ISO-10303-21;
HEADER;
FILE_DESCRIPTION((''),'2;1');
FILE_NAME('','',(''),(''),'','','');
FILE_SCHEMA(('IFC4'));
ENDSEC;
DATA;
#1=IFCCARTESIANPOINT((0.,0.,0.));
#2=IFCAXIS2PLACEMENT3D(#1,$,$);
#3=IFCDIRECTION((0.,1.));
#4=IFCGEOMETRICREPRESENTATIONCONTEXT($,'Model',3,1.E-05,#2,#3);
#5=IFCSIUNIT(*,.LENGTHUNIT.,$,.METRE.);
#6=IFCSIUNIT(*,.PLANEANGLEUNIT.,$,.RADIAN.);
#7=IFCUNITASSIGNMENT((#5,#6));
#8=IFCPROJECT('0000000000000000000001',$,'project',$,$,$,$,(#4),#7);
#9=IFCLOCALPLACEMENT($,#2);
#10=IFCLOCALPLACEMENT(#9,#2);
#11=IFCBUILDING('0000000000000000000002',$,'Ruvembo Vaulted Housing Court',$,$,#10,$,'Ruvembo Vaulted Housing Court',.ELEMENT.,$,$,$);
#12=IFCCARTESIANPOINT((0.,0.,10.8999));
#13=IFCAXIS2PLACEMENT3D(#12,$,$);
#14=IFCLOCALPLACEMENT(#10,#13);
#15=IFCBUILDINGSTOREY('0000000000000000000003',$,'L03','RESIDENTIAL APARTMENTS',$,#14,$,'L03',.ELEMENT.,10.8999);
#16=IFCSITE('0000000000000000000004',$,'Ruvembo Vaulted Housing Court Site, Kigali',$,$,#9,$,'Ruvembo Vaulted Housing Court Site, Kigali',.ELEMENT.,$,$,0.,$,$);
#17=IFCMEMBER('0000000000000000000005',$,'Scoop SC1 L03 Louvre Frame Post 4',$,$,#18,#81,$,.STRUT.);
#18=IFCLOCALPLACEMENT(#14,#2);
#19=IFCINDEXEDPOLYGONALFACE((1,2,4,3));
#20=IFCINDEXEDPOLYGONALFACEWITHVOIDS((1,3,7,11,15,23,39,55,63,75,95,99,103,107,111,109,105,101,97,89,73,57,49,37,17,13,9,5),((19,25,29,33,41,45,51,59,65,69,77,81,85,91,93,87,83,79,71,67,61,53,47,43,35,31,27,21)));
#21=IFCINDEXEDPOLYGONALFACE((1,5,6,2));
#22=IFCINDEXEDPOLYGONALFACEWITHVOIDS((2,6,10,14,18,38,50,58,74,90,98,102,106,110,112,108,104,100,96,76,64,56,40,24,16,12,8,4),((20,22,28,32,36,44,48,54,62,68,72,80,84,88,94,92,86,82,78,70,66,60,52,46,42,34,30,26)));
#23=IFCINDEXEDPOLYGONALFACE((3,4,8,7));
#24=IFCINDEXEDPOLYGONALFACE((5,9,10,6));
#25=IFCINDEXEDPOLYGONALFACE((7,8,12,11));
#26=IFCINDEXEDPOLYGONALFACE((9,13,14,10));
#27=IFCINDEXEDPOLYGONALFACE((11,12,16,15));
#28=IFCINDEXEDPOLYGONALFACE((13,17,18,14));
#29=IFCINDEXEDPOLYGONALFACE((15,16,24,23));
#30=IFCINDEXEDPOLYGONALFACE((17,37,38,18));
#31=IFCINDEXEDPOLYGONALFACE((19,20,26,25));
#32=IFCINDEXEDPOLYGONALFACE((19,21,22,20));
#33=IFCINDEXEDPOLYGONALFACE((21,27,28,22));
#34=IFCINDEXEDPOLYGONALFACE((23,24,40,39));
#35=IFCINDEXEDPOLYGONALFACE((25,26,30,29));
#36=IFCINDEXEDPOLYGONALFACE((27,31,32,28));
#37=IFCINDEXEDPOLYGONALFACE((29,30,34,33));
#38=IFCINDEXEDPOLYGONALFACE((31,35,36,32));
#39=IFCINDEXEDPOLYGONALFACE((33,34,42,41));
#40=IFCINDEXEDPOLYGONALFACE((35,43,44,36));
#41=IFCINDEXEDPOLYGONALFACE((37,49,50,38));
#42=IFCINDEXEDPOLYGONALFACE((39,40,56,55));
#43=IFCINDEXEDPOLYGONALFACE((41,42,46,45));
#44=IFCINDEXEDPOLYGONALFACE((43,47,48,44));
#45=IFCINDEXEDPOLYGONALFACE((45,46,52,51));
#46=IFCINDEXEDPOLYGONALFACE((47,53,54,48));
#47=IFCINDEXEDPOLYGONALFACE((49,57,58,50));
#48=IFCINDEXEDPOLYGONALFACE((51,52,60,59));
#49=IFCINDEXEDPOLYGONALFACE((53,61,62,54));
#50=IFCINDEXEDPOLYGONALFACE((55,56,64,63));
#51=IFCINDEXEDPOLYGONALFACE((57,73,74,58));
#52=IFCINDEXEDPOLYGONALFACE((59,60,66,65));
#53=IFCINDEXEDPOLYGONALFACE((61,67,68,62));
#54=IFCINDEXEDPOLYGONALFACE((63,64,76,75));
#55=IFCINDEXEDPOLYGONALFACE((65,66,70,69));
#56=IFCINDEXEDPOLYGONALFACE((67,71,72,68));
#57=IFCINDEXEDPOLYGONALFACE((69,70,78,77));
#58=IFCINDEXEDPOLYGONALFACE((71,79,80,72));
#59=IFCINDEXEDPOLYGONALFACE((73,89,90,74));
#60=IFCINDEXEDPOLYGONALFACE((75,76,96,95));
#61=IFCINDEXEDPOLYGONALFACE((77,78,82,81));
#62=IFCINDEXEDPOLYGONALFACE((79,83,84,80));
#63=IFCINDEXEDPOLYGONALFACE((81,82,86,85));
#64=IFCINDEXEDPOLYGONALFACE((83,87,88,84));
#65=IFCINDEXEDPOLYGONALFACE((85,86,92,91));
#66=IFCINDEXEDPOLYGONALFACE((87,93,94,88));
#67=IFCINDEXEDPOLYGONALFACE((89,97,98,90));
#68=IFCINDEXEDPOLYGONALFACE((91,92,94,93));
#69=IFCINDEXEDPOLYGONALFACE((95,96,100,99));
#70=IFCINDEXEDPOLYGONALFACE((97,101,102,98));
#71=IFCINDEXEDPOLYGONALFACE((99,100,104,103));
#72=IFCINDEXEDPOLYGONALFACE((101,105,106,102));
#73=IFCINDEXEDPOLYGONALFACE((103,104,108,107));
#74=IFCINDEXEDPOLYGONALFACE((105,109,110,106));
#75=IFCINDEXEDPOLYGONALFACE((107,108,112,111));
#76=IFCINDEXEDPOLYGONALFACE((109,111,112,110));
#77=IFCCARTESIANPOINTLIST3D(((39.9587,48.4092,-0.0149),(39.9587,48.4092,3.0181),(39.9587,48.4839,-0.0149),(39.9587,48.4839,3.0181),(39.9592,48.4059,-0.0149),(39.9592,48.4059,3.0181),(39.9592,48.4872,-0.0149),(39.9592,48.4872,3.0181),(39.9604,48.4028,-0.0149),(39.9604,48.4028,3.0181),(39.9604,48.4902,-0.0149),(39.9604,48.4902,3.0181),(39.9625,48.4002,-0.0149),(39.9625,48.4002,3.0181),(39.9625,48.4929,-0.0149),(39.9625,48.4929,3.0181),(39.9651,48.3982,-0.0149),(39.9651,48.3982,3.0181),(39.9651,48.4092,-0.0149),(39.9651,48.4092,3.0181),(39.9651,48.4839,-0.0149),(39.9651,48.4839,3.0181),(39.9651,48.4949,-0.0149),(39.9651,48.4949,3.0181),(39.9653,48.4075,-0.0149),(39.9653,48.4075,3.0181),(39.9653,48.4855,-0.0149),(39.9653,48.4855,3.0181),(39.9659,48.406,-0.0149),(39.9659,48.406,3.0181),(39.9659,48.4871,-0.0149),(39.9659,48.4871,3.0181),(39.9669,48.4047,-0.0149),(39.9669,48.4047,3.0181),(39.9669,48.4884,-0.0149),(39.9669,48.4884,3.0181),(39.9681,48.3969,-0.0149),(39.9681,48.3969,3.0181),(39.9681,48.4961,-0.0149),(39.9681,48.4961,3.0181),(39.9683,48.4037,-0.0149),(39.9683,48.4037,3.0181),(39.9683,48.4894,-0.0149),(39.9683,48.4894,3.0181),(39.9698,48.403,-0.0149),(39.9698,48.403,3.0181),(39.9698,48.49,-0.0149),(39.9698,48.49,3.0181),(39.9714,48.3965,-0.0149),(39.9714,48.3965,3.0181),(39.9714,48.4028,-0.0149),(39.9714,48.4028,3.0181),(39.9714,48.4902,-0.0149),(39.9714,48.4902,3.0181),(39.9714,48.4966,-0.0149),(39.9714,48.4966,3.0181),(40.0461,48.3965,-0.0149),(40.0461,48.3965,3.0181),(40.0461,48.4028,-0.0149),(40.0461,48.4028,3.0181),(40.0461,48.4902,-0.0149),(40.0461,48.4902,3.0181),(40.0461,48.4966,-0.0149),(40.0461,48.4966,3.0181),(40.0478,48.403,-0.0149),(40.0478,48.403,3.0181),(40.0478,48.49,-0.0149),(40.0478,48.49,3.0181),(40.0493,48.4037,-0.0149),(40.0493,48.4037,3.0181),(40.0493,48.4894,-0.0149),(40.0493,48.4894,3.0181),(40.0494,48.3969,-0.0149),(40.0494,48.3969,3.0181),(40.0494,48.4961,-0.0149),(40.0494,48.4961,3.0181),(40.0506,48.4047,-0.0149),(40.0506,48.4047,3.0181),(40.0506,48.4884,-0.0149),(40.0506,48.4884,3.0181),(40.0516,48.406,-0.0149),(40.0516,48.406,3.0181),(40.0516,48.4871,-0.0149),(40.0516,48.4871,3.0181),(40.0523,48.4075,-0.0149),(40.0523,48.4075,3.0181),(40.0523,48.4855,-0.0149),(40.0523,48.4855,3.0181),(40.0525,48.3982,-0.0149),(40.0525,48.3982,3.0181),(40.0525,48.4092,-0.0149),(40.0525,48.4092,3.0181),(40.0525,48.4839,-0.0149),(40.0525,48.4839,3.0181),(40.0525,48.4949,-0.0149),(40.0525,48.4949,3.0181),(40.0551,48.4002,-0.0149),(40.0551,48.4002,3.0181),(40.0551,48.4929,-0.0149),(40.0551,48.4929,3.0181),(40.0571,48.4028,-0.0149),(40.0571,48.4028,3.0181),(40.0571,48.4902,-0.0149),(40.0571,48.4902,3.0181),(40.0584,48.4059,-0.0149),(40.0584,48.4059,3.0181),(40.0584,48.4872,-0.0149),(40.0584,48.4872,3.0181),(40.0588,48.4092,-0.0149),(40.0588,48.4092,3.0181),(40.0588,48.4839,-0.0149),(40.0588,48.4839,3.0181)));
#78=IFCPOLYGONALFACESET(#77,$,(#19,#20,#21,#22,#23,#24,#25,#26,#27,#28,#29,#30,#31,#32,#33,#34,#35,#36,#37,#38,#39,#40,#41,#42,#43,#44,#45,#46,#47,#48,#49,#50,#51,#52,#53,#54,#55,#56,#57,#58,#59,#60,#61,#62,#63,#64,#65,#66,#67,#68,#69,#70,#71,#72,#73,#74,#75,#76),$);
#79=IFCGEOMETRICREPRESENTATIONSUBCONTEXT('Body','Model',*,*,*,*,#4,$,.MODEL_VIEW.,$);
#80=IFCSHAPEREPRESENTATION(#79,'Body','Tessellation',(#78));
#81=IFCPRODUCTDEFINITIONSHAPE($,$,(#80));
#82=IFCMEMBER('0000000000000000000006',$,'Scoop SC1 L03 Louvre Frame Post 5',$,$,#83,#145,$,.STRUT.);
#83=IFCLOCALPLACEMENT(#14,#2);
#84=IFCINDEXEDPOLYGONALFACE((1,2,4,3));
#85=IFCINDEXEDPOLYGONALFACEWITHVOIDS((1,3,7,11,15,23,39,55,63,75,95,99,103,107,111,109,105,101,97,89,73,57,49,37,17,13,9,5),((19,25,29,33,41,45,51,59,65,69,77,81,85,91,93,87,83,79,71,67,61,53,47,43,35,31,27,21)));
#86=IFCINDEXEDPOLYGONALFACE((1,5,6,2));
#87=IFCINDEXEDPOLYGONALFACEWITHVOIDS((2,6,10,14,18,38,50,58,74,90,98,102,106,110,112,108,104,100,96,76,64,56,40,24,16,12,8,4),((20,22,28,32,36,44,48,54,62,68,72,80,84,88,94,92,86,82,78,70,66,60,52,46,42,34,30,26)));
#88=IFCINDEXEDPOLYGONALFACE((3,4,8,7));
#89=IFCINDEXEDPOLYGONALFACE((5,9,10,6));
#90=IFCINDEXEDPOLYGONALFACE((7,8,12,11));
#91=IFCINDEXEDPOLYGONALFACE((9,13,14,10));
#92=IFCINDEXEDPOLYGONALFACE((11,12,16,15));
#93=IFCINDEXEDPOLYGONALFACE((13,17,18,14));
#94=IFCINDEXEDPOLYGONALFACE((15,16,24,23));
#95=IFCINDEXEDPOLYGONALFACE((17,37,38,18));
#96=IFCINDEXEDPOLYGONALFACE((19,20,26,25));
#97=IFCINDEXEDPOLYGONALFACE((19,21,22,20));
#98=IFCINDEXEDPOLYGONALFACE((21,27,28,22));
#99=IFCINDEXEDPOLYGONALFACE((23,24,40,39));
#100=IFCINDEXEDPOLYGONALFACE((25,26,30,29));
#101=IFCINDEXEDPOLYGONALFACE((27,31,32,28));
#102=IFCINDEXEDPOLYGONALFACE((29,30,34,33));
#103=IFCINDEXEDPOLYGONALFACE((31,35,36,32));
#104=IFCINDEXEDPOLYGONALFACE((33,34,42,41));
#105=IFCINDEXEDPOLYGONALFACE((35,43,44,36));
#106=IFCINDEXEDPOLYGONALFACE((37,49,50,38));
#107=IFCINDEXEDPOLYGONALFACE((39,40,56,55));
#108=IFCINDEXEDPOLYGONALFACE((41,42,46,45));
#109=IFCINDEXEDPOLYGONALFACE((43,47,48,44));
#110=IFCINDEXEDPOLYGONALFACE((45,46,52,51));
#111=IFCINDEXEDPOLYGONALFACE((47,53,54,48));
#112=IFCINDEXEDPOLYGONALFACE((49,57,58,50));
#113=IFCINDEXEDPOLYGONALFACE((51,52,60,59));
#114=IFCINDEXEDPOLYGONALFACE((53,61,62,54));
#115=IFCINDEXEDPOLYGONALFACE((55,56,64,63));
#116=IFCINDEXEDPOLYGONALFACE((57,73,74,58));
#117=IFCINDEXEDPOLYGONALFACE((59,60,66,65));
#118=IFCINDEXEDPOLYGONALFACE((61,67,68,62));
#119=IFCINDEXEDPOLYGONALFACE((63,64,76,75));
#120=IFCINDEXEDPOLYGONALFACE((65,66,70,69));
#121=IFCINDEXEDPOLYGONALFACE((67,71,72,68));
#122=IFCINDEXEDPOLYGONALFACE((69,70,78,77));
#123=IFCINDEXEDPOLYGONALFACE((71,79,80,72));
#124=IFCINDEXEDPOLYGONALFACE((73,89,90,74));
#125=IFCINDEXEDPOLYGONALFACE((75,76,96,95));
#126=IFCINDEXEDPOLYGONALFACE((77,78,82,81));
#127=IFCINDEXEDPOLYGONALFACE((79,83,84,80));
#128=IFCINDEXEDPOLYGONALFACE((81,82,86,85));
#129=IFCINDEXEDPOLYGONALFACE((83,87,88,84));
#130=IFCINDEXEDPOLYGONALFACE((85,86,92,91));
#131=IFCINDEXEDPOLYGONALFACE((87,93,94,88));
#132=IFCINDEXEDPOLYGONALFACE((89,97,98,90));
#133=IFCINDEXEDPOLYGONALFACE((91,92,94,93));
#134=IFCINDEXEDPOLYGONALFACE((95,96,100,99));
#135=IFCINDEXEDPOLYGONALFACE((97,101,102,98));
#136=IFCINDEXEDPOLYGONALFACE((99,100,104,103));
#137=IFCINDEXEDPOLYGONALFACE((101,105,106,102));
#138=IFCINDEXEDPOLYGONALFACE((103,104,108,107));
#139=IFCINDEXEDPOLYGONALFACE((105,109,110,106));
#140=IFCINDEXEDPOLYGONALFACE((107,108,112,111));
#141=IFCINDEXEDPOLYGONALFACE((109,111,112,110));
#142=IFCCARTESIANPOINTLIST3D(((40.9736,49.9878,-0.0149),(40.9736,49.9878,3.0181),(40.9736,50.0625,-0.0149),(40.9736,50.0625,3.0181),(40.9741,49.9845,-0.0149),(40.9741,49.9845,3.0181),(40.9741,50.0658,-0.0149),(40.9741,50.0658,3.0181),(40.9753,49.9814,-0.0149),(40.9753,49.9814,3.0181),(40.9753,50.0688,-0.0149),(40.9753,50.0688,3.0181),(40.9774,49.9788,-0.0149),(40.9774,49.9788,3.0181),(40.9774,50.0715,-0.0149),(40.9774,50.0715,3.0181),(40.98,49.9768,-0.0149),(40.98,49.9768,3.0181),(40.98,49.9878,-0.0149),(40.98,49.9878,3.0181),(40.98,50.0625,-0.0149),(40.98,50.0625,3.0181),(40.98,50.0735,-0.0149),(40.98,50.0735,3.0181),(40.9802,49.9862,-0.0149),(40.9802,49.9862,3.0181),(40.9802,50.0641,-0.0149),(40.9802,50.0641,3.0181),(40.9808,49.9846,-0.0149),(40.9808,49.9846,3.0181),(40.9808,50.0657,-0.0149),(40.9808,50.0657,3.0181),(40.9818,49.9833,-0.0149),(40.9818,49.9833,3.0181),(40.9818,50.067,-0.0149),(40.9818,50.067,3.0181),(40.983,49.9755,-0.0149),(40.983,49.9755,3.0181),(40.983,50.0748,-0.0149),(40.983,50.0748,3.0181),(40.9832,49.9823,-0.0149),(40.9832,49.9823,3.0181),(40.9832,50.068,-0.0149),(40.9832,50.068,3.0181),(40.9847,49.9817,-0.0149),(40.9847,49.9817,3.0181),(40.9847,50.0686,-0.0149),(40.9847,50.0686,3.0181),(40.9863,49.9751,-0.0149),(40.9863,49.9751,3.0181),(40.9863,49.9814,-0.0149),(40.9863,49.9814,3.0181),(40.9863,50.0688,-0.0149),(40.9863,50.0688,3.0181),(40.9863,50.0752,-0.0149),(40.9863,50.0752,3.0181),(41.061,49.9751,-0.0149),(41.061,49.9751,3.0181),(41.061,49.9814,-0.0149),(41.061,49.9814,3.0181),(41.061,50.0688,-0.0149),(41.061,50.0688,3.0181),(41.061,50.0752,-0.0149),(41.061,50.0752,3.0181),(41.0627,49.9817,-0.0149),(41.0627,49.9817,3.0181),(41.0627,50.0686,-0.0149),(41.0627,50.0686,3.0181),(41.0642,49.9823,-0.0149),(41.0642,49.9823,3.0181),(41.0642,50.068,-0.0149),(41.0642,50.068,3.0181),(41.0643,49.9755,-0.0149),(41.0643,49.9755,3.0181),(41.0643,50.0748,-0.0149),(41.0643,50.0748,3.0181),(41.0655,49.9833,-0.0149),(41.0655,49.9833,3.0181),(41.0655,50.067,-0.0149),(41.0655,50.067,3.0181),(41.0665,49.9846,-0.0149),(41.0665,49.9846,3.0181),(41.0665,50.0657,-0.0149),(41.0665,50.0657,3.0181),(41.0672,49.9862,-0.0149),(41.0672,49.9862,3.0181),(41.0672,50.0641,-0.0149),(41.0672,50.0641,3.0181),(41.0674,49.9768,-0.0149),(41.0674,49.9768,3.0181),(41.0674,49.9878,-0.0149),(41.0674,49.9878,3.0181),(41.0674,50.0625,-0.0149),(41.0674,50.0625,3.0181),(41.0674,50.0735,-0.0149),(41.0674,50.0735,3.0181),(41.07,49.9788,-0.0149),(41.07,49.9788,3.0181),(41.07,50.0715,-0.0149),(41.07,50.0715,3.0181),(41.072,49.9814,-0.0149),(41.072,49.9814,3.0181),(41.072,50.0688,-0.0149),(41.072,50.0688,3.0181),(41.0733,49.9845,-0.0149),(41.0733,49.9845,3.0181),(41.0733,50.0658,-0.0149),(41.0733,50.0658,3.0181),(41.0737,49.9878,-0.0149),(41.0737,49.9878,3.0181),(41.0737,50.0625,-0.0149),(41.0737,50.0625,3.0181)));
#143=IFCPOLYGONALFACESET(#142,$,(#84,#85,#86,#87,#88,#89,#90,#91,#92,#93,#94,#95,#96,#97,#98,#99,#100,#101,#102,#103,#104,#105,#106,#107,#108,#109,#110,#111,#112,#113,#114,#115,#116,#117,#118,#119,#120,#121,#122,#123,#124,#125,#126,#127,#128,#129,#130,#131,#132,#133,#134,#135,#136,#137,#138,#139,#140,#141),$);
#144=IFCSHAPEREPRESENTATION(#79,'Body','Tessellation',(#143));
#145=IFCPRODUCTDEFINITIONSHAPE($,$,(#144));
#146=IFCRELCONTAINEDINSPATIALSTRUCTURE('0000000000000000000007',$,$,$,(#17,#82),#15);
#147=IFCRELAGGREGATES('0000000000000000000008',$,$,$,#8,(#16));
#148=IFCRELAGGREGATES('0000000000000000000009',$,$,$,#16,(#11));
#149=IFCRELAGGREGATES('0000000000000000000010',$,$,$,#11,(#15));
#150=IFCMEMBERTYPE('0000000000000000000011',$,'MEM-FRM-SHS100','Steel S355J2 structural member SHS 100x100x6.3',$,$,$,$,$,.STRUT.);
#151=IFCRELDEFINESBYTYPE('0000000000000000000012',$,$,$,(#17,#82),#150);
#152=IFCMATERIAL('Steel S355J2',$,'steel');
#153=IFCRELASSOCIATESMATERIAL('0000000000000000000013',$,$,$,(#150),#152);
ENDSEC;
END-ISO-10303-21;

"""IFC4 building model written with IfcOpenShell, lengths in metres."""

from ifc_helpers import new_model, si_unit, direction, frame, origin, origin_2d, place, context, subcontext, project, spatial, hollow_rectangle, extrude, material, material_profile, profile_set, type_object, element, save


model = new_model("IFC4")

# Units and contexts
model_context = context("Model", 3, precision=1e-05, world=origin(), true_north=direction((0.0, 1.0)))
body_context = subcontext(model_context, "Body", "Model", "MODEL_VIEW")
ifc_project = project(units=[si_unit("LENGTHUNIT", "METRE"), si_unit("PLANEANGLEUNIT", "RADIAN")], contexts=[model_context])

# Site, building, storey
site_placement = place(None, origin())
site = spatial("IfcSite", under=ifc_project, at=site_placement, Name="Ruvembo Vaulted Housing Court Site, Kigali", LongName="Ruvembo Vaulted Housing Court Site, Kigali", CompositionType="ELEMENT", RefElevation=0.0)
building_placement = place(site_placement, origin())
building = spatial("IfcBuilding", under=site, at=building_placement, Name="Ruvembo Vaulted Housing Court", LongName="Ruvembo Vaulted Housing Court", CompositionType="ELEMENT")
storey_placement = place(building_placement, frame((0.0, 0.0, 10.8999)))
storey = spatial("IfcBuildingStorey", under=building, at=storey_placement, Name="L03", Description="RESIDENTIAL APARTMENTS", LongName="L03", CompositionType="ELEMENT", Elevation=10.8999)

# Shared definitions
ifc_material_1 = material(Name="Steel S355J2", Category="steel")

# Members
ifc_material_profile_1 = material_profile(ifc_material_1, hollow_rectangle(XDim=0.1001, YDim=0.1001, WallThickness=0.0063, InnerFilletRadius=0.0063, OuterFilletRadius=0.0127, at=origin_2d()), Name="SHS 100x100x6.3")
ifc_profile_set_1 = profile_set([ifc_material_profile_1], Name="Steel S355J2")
member_type_1 = type_object("IfcMemberType", Name="MEM-FRM-SHS100", Description="Steel S355J2 structural member SHS 100x100x6.3", PredefinedType="STRUT", material=ifc_profile_set_1)
for number, where, z_axis, x_axis, name in (
    (1, (40.0088, 48.4465, -0.0149), (0.0, 0.0, 1.0), (1.0, 0.0, 0.0), "Scoop SC1 L03 Louvre Frame Post 4"),
    (2, (41.0237, 50.0251, -0.0149), (0.0, 0.0, 1.0), (1.0, 0.0, 0.0), "Scoop SC1 L03 Louvre Frame Post 5"),
):
    element("IfcMember", number, at=place(storey_placement, frame(where, z_axis=z_axis, x_axis=x_axis)), inside=storey, type_object=member_type_1, Name=name, PredefinedType="STRUT", context=body_context, shape_type="SweptSolid", body=[
        extrude(hollow_rectangle(XDim=0.1001, YDim=0.1001, WallThickness=0.0063, InnerFilletRadius=0.0063, OuterFilletRadius=0.0127, at=origin_2d()), origin(), (0.0, 0.0, 1.0), 3.033),
    ])

save(model, "model.ifc")
